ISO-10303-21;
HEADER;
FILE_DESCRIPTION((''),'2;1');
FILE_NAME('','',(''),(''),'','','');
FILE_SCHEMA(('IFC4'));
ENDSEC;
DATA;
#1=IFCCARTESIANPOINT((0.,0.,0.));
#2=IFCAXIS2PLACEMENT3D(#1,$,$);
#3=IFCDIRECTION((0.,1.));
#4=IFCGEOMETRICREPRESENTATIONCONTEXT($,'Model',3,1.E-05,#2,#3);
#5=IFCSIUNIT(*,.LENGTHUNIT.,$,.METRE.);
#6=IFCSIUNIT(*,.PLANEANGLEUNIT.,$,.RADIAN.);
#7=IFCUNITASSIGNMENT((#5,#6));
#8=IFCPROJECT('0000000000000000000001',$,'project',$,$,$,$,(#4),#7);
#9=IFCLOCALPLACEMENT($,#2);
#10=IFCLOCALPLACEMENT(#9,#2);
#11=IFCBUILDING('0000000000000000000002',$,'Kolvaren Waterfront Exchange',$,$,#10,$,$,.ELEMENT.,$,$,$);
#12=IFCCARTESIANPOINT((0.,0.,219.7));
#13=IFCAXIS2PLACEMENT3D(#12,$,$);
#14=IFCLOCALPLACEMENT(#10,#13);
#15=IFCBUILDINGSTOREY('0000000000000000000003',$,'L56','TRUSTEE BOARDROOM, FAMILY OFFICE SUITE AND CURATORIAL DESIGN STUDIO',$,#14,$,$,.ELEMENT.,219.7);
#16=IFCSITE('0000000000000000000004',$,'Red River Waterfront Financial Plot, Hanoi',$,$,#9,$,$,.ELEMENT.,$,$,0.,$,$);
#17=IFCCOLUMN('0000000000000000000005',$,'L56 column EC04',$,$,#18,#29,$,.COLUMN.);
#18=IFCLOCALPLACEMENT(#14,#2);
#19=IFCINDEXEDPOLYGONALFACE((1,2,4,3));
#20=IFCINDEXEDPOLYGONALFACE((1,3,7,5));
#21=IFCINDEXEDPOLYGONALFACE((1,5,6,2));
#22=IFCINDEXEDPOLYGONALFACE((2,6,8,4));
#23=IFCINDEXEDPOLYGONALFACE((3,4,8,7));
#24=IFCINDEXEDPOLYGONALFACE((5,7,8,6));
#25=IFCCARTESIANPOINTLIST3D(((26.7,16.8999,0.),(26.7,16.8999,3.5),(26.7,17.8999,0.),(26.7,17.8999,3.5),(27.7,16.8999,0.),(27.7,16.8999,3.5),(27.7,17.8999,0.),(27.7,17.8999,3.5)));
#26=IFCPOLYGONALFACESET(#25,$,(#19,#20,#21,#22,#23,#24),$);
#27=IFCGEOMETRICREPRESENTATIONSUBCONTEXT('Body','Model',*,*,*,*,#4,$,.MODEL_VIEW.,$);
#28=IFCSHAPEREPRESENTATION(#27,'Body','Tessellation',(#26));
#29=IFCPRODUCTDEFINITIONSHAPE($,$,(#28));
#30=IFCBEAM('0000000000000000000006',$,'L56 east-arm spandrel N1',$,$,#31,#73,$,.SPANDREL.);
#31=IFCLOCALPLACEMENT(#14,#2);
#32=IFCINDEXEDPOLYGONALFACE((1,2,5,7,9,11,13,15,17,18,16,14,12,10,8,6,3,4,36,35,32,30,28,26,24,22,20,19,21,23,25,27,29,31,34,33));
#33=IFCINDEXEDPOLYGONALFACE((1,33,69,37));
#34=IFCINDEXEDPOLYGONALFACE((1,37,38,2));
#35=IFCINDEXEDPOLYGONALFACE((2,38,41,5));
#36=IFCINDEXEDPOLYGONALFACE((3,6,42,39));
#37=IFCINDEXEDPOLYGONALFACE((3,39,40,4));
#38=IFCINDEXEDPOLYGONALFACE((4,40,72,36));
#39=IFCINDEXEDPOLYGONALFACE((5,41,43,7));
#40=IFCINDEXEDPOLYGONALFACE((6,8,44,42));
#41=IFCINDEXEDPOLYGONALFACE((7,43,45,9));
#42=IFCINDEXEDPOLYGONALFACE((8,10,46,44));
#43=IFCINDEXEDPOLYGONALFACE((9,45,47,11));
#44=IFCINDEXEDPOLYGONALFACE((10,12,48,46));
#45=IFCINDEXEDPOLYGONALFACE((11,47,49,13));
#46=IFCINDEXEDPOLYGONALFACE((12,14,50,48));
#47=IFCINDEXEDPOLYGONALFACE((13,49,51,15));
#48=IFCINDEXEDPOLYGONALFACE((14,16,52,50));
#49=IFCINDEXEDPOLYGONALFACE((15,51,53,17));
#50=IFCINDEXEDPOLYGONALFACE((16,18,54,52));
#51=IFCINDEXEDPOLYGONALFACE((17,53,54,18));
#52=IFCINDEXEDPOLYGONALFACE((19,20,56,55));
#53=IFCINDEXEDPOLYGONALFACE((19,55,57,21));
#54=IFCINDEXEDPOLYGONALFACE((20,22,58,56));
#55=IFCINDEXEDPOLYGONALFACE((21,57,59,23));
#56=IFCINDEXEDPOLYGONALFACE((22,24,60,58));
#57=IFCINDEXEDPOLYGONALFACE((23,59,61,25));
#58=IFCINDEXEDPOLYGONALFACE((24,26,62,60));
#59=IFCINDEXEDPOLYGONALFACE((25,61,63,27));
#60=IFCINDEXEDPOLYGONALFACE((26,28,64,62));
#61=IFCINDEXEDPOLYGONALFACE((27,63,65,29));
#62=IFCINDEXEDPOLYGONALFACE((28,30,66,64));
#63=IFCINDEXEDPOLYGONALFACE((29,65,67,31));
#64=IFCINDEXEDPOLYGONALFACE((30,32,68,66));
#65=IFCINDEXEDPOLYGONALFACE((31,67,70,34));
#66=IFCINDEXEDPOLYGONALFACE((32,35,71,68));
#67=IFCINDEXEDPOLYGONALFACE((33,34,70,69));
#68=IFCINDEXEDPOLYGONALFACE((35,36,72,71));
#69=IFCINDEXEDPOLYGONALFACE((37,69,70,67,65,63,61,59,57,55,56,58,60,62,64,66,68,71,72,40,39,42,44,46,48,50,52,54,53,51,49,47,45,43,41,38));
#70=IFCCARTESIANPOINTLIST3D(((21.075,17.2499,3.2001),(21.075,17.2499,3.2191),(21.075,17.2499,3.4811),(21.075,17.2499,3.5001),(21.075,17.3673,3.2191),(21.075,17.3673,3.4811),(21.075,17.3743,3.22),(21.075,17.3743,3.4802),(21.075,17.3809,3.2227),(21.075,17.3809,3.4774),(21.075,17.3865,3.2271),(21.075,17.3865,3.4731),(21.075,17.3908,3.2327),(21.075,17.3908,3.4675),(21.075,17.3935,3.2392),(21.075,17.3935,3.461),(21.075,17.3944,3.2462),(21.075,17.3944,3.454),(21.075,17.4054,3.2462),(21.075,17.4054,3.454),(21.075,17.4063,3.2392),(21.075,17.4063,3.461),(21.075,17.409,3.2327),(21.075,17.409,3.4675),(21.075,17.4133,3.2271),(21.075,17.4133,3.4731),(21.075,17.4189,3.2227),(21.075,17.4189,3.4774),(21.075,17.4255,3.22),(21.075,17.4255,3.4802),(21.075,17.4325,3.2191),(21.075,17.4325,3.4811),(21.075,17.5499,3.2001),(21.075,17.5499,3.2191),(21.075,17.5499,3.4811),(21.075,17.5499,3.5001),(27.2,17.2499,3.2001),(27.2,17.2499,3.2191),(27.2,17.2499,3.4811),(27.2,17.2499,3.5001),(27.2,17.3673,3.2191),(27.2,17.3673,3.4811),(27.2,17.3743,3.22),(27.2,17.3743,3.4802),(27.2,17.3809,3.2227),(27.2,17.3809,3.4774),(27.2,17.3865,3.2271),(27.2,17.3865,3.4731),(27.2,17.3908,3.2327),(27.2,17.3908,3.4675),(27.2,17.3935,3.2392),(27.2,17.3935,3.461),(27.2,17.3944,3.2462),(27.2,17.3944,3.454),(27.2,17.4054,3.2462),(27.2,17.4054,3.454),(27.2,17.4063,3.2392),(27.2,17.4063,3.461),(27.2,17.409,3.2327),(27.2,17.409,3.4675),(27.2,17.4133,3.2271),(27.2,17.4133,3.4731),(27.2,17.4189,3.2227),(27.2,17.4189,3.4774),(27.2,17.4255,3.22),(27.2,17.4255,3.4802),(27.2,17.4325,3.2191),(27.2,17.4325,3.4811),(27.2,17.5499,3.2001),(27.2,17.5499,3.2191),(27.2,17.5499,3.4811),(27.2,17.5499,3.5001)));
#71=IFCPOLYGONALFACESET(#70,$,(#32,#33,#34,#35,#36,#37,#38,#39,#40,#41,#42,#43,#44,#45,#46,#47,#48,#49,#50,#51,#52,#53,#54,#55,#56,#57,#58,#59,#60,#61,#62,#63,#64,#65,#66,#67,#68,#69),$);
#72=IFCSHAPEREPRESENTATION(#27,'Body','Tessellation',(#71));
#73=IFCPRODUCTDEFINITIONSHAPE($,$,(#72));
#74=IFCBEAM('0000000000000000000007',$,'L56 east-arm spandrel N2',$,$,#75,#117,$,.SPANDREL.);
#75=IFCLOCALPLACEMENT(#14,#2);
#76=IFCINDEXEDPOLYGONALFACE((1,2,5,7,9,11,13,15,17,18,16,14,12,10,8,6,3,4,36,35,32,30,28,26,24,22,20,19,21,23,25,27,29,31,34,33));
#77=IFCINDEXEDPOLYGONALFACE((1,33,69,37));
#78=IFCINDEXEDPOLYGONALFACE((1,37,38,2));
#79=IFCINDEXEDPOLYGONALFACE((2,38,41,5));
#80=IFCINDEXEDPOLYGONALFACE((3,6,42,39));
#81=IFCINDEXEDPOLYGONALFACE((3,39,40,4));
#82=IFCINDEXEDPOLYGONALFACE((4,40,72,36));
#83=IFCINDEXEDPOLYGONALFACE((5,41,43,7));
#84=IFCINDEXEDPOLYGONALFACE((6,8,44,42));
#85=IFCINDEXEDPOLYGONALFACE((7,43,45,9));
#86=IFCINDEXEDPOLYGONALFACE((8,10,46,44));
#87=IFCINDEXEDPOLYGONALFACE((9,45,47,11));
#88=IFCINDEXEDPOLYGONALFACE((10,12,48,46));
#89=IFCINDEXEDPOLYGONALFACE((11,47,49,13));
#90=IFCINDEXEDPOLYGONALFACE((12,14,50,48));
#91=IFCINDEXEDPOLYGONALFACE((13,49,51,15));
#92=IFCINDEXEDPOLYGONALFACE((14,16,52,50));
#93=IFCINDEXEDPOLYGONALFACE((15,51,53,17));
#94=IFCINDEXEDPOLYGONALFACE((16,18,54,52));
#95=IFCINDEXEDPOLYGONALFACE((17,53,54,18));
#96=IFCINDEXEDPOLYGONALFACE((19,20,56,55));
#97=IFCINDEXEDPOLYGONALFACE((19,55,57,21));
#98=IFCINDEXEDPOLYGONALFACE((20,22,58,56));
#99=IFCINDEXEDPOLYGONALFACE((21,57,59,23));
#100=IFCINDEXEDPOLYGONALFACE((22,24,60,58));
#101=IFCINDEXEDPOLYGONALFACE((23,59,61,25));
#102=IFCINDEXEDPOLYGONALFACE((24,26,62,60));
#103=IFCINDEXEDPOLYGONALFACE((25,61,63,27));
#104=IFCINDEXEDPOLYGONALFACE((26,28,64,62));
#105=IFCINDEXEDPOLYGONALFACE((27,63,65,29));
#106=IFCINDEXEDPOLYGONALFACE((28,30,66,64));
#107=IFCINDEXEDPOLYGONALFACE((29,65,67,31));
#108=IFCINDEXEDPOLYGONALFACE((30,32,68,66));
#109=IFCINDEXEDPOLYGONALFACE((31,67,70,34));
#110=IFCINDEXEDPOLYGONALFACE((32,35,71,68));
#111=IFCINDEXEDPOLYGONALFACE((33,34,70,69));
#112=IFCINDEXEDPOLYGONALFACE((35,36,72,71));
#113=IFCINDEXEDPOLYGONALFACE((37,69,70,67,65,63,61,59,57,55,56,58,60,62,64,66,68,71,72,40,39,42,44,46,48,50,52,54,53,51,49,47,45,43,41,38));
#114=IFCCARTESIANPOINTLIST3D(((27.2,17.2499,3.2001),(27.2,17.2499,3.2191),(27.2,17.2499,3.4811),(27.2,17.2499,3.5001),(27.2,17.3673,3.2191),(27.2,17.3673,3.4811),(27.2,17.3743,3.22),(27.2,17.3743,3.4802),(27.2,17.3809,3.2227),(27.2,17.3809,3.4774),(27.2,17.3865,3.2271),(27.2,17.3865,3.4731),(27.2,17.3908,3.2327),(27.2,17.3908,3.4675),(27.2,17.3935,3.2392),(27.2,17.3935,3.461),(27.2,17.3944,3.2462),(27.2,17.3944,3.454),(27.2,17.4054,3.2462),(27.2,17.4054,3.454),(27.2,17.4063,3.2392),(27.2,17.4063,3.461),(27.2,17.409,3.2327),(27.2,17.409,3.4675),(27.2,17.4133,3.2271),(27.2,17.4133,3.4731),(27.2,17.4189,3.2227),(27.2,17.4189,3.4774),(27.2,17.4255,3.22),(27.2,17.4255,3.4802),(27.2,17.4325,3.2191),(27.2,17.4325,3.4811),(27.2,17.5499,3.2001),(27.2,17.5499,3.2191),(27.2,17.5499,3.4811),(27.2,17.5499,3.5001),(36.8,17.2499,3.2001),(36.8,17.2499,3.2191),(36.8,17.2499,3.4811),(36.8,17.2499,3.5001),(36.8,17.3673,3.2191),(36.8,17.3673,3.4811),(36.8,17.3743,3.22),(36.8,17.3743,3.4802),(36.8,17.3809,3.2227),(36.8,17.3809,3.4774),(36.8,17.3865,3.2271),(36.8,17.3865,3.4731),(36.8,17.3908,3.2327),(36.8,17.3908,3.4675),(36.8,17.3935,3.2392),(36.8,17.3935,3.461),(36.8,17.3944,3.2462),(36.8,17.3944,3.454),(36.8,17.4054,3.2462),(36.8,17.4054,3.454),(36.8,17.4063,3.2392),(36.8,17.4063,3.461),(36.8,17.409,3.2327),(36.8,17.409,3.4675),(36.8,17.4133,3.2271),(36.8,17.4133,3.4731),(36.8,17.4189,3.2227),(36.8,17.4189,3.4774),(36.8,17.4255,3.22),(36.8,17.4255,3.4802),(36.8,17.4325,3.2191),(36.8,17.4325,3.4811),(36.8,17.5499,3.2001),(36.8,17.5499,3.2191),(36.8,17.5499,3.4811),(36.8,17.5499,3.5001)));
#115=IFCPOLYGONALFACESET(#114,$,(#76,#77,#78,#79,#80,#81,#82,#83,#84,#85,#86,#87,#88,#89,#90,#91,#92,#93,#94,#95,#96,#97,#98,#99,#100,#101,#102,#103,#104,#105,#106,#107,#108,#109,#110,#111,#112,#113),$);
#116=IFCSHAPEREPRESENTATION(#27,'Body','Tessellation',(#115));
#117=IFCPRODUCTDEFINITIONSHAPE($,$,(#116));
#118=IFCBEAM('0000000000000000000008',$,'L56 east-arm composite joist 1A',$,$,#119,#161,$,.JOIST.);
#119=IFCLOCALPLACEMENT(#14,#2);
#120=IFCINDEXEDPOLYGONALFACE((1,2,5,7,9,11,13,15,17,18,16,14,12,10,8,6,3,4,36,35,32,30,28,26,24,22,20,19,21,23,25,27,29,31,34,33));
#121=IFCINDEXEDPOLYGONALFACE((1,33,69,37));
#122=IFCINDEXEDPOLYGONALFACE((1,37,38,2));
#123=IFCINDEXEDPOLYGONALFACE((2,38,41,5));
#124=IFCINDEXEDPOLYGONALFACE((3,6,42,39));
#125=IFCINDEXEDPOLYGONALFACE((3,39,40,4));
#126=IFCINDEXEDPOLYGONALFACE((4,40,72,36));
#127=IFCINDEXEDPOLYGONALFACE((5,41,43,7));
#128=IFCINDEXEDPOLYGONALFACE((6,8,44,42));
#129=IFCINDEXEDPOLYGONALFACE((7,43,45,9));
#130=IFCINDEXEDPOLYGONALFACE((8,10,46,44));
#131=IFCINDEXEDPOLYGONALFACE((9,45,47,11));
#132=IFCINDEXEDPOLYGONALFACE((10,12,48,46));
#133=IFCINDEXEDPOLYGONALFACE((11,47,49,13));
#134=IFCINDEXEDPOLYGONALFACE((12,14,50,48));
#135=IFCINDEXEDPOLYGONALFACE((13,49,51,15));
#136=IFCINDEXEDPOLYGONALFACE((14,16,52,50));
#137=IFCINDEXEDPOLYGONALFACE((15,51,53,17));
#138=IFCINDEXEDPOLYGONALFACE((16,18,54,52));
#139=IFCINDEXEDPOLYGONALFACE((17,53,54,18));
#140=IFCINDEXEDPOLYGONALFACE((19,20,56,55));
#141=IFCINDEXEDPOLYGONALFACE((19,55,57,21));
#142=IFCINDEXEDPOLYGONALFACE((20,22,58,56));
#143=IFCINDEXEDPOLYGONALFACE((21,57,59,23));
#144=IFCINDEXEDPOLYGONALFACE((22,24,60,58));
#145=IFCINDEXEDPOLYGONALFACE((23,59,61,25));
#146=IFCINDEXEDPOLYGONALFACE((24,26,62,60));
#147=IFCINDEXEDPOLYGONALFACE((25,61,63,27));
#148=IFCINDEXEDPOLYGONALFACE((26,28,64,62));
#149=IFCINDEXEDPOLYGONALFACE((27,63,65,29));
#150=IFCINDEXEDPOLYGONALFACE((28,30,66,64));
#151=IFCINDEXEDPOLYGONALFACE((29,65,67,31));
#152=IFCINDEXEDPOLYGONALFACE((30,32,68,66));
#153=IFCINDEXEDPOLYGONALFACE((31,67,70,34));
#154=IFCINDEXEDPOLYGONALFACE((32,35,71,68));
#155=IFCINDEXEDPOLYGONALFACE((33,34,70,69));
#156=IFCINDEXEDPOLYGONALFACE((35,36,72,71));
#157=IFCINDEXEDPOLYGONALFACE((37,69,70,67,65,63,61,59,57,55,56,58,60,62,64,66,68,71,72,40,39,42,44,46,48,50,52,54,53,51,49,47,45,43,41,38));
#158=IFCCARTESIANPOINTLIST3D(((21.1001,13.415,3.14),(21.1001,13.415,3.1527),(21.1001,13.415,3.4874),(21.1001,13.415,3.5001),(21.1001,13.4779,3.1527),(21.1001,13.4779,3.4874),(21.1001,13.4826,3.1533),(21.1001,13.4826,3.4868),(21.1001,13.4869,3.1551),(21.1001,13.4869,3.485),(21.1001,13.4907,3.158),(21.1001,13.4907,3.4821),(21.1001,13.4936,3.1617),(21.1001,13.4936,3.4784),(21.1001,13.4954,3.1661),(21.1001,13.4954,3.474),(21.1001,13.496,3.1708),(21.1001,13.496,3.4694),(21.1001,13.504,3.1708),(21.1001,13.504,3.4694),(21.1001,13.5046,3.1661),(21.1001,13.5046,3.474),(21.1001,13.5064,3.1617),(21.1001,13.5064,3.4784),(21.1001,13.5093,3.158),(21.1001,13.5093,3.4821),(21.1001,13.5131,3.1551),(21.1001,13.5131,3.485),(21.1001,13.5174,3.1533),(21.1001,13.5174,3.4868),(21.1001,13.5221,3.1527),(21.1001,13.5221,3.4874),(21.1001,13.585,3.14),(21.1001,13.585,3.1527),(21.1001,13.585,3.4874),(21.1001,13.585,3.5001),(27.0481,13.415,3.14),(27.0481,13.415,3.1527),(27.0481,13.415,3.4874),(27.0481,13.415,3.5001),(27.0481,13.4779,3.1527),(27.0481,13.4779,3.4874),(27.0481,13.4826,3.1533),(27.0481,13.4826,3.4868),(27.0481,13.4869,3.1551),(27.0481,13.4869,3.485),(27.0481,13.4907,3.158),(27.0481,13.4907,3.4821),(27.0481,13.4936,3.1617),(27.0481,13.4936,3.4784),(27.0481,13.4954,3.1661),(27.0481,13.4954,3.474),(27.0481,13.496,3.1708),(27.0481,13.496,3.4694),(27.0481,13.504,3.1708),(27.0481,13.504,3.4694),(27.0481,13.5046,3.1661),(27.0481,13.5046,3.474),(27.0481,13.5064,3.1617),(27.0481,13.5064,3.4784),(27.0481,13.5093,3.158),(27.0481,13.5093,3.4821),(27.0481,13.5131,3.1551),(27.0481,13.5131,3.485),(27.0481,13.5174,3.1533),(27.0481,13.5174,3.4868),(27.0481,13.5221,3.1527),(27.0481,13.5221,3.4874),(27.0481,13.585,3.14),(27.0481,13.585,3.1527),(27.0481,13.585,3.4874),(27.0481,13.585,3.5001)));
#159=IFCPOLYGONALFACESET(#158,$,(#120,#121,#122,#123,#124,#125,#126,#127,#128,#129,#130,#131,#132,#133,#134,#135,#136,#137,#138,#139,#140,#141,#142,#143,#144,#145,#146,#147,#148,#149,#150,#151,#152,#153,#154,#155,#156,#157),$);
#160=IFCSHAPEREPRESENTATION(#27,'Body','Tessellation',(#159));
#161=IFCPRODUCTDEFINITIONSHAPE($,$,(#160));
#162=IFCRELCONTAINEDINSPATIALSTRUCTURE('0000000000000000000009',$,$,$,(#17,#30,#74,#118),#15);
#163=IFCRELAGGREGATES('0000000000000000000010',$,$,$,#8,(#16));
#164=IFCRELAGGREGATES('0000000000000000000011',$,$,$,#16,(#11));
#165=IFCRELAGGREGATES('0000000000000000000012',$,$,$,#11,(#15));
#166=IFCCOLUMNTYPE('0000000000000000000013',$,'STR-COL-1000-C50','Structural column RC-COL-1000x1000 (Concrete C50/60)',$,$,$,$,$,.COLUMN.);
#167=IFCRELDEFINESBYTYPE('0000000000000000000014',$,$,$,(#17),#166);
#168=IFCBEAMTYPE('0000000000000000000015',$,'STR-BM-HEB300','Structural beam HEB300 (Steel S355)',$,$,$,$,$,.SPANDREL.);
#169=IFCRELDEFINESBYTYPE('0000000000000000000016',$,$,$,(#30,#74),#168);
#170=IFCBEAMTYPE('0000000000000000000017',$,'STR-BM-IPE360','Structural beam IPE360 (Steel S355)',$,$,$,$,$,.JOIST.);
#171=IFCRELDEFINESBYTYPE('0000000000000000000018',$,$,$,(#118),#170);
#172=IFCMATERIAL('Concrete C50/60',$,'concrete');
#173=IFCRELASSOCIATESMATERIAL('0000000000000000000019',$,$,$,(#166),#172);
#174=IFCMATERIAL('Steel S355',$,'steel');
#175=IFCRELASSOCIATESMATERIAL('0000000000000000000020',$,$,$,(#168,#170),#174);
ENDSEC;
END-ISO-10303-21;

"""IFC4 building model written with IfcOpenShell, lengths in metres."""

from ifc_helpers import new_model, si_unit, direction, frame, origin, origin_2d, place, context, subcontext, project, spatial, rectangle, i_section, extrude, material, material_profile, profile_set, type_object, element, save


model = new_model("IFC4")

# Units and contexts
model_context = context("Model", 3, precision=1e-05, world=origin(), true_north=direction((0.0, 1.0)))
body_context = subcontext(model_context, "Body", "Model", "MODEL_VIEW")
ifc_project = project(units=[si_unit("LENGTHUNIT", "METRE"), si_unit("PLANEANGLEUNIT", "RADIAN")], contexts=[model_context])

# Site, building, storey
site_placement = place(None, origin())
site = spatial("IfcSite", under=ifc_project, at=site_placement, Name="Red River Waterfront Financial Plot, Hanoi", CompositionType="ELEMENT", RefElevation=0.0)
building_placement = place(site_placement, origin())
building = spatial("IfcBuilding", under=site, at=building_placement, Name="Kolvaren Waterfront Exchange", CompositionType="ELEMENT")
storey_placement = place(building_placement, frame((0.0, 0.0, 219.7)))
storey = spatial("IfcBuildingStorey", under=building, at=storey_placement, Name="L56", Description="TRUSTEE BOARDROOM, FAMILY OFFICE SUITE AND CURATORIAL DESIGN STUDIO", CompositionType="ELEMENT", Elevation=219.7)

# Column
ifc_material_1 = material(Name="Concrete C50/60", Category="concrete")
ifc_material_profile_1 = material_profile(ifc_material_1, rectangle(XDim=1.0, YDim=1.0, at=origin_2d()), Name="RC-COL-1000x1000")
ifc_profile_set_1 = profile_set([ifc_material_profile_1], Name="Concrete C50/60")
column_type = type_object("IfcColumnType", Name="STR-COL-1000-C50", Description="Structural column RC-COL-1000x1000 (Concrete C50/60)", PredefinedType="COLUMN", material=ifc_profile_set_1)
column_placement = place(storey_placement, frame((27.2, 17.3999, 0.0), z_axis=(0.0, 0.0, 1.0), x_axis=(1.0, 0.0, 0.0)))
element("IfcColumn", 1, at=column_placement, inside=storey, type_object=column_type, Name="L56 column EC04", PredefinedType="COLUMN", context=body_context, shape_type="SweptSolid", body=[
    extrude(rectangle(XDim=1.0, YDim=1.0, at=origin_2d()), origin(), (0.0, 0.0, 1.0), 3.5),
])

# Beams
ifc_material_2 = material(Name="Steel S355", Category="steel")
ifc_material_profile_2 = material_profile(ifc_material_2, i_section(OverallWidth=0.3, OverallDepth=0.3, WebThickness=0.011, FlangeThickness=0.019, FilletRadius=0.0271, at=origin_2d()), Name="HEB300")
ifc_profile_set_2 = profile_set([ifc_material_profile_2], Name="Steel S355")
beam_type_1 = type_object("IfcBeamType", Name="STR-BM-HEB300", Description="Structural beam HEB300 (Steel S355)", PredefinedType="SPANDREL", material=ifc_profile_set_2)
beam_1_placement = place(storey_placement, frame((21.075, 17.3999, 3.3501), z_axis=(1.0, 0.0, 0.0), x_axis=(0.0, 1.0, 0.0)))
element("IfcBeam", 2, at=beam_1_placement, inside=storey, type_object=beam_type_1, Name="L56 east-arm spandrel N1", PredefinedType="SPANDREL", context=body_context, shape_type="SweptSolid", body=[
    extrude(i_section(OverallWidth=0.3, OverallDepth=0.3, WebThickness=0.011, FlangeThickness=0.019, FilletRadius=0.0271, at=origin_2d()), origin(), (0.0, 0.0, 1.0), 6.125),
])
beam_2_placement = place(storey_placement, frame((27.2, 17.3999, 3.3501), z_axis=(1.0, 0.0, 0.0), x_axis=(0.0, 1.0, 0.0)))
element("IfcBeam", 3, at=beam_2_placement, inside=storey, type_object=beam_type_1, Name="L56 east-arm spandrel N2", PredefinedType="SPANDREL", context=body_context, shape_type="SweptSolid", body=[
    extrude(i_section(OverallWidth=0.3, OverallDepth=0.3, WebThickness=0.011, FlangeThickness=0.019, FilletRadius=0.0271, at=origin_2d()), origin(), (0.0, 0.0, 1.0), 9.6001),
])
ifc_material_profile_3 = material_profile(ifc_material_2, i_section(OverallWidth=0.1699, OverallDepth=0.3601, WebThickness=0.0081, FlangeThickness=0.0127, FilletRadius=0.0181, at=origin_2d()), Name="IPE360")
ifc_profile_set_3 = profile_set([ifc_material_profile_3], Name="Steel S355")
beam_type_2 = type_object("IfcBeamType", Name="STR-BM-IPE360", Description="Structural beam IPE360 (Steel S355)", PredefinedType="JOIST", material=ifc_profile_set_3)
for number, where, z_axis, x_axis, name in (
    (4, (21.1001, 13.5, 3.3201), (1.0, 0.0, 0.0), (0.0, 1.0, 0.0), "L56 east-arm composite joist 1A"),
):
    element("IfcBeam", number, at=place(storey_placement, frame(where, z_axis=z_axis, x_axis=x_axis)), inside=storey, type_object=beam_type_2, Name=name, PredefinedType="JOIST", context=body_context, shape_type="SweptSolid", body=[
        extrude(i_section(OverallWidth=0.1699, OverallDepth=0.3601, WebThickness=0.0081, FlangeThickness=0.0127, FilletRadius=0.0181, at=origin_2d()), origin(), (0.0, 0.0, 1.0), 5.948),
    ])

save(model, "model.ifc")
